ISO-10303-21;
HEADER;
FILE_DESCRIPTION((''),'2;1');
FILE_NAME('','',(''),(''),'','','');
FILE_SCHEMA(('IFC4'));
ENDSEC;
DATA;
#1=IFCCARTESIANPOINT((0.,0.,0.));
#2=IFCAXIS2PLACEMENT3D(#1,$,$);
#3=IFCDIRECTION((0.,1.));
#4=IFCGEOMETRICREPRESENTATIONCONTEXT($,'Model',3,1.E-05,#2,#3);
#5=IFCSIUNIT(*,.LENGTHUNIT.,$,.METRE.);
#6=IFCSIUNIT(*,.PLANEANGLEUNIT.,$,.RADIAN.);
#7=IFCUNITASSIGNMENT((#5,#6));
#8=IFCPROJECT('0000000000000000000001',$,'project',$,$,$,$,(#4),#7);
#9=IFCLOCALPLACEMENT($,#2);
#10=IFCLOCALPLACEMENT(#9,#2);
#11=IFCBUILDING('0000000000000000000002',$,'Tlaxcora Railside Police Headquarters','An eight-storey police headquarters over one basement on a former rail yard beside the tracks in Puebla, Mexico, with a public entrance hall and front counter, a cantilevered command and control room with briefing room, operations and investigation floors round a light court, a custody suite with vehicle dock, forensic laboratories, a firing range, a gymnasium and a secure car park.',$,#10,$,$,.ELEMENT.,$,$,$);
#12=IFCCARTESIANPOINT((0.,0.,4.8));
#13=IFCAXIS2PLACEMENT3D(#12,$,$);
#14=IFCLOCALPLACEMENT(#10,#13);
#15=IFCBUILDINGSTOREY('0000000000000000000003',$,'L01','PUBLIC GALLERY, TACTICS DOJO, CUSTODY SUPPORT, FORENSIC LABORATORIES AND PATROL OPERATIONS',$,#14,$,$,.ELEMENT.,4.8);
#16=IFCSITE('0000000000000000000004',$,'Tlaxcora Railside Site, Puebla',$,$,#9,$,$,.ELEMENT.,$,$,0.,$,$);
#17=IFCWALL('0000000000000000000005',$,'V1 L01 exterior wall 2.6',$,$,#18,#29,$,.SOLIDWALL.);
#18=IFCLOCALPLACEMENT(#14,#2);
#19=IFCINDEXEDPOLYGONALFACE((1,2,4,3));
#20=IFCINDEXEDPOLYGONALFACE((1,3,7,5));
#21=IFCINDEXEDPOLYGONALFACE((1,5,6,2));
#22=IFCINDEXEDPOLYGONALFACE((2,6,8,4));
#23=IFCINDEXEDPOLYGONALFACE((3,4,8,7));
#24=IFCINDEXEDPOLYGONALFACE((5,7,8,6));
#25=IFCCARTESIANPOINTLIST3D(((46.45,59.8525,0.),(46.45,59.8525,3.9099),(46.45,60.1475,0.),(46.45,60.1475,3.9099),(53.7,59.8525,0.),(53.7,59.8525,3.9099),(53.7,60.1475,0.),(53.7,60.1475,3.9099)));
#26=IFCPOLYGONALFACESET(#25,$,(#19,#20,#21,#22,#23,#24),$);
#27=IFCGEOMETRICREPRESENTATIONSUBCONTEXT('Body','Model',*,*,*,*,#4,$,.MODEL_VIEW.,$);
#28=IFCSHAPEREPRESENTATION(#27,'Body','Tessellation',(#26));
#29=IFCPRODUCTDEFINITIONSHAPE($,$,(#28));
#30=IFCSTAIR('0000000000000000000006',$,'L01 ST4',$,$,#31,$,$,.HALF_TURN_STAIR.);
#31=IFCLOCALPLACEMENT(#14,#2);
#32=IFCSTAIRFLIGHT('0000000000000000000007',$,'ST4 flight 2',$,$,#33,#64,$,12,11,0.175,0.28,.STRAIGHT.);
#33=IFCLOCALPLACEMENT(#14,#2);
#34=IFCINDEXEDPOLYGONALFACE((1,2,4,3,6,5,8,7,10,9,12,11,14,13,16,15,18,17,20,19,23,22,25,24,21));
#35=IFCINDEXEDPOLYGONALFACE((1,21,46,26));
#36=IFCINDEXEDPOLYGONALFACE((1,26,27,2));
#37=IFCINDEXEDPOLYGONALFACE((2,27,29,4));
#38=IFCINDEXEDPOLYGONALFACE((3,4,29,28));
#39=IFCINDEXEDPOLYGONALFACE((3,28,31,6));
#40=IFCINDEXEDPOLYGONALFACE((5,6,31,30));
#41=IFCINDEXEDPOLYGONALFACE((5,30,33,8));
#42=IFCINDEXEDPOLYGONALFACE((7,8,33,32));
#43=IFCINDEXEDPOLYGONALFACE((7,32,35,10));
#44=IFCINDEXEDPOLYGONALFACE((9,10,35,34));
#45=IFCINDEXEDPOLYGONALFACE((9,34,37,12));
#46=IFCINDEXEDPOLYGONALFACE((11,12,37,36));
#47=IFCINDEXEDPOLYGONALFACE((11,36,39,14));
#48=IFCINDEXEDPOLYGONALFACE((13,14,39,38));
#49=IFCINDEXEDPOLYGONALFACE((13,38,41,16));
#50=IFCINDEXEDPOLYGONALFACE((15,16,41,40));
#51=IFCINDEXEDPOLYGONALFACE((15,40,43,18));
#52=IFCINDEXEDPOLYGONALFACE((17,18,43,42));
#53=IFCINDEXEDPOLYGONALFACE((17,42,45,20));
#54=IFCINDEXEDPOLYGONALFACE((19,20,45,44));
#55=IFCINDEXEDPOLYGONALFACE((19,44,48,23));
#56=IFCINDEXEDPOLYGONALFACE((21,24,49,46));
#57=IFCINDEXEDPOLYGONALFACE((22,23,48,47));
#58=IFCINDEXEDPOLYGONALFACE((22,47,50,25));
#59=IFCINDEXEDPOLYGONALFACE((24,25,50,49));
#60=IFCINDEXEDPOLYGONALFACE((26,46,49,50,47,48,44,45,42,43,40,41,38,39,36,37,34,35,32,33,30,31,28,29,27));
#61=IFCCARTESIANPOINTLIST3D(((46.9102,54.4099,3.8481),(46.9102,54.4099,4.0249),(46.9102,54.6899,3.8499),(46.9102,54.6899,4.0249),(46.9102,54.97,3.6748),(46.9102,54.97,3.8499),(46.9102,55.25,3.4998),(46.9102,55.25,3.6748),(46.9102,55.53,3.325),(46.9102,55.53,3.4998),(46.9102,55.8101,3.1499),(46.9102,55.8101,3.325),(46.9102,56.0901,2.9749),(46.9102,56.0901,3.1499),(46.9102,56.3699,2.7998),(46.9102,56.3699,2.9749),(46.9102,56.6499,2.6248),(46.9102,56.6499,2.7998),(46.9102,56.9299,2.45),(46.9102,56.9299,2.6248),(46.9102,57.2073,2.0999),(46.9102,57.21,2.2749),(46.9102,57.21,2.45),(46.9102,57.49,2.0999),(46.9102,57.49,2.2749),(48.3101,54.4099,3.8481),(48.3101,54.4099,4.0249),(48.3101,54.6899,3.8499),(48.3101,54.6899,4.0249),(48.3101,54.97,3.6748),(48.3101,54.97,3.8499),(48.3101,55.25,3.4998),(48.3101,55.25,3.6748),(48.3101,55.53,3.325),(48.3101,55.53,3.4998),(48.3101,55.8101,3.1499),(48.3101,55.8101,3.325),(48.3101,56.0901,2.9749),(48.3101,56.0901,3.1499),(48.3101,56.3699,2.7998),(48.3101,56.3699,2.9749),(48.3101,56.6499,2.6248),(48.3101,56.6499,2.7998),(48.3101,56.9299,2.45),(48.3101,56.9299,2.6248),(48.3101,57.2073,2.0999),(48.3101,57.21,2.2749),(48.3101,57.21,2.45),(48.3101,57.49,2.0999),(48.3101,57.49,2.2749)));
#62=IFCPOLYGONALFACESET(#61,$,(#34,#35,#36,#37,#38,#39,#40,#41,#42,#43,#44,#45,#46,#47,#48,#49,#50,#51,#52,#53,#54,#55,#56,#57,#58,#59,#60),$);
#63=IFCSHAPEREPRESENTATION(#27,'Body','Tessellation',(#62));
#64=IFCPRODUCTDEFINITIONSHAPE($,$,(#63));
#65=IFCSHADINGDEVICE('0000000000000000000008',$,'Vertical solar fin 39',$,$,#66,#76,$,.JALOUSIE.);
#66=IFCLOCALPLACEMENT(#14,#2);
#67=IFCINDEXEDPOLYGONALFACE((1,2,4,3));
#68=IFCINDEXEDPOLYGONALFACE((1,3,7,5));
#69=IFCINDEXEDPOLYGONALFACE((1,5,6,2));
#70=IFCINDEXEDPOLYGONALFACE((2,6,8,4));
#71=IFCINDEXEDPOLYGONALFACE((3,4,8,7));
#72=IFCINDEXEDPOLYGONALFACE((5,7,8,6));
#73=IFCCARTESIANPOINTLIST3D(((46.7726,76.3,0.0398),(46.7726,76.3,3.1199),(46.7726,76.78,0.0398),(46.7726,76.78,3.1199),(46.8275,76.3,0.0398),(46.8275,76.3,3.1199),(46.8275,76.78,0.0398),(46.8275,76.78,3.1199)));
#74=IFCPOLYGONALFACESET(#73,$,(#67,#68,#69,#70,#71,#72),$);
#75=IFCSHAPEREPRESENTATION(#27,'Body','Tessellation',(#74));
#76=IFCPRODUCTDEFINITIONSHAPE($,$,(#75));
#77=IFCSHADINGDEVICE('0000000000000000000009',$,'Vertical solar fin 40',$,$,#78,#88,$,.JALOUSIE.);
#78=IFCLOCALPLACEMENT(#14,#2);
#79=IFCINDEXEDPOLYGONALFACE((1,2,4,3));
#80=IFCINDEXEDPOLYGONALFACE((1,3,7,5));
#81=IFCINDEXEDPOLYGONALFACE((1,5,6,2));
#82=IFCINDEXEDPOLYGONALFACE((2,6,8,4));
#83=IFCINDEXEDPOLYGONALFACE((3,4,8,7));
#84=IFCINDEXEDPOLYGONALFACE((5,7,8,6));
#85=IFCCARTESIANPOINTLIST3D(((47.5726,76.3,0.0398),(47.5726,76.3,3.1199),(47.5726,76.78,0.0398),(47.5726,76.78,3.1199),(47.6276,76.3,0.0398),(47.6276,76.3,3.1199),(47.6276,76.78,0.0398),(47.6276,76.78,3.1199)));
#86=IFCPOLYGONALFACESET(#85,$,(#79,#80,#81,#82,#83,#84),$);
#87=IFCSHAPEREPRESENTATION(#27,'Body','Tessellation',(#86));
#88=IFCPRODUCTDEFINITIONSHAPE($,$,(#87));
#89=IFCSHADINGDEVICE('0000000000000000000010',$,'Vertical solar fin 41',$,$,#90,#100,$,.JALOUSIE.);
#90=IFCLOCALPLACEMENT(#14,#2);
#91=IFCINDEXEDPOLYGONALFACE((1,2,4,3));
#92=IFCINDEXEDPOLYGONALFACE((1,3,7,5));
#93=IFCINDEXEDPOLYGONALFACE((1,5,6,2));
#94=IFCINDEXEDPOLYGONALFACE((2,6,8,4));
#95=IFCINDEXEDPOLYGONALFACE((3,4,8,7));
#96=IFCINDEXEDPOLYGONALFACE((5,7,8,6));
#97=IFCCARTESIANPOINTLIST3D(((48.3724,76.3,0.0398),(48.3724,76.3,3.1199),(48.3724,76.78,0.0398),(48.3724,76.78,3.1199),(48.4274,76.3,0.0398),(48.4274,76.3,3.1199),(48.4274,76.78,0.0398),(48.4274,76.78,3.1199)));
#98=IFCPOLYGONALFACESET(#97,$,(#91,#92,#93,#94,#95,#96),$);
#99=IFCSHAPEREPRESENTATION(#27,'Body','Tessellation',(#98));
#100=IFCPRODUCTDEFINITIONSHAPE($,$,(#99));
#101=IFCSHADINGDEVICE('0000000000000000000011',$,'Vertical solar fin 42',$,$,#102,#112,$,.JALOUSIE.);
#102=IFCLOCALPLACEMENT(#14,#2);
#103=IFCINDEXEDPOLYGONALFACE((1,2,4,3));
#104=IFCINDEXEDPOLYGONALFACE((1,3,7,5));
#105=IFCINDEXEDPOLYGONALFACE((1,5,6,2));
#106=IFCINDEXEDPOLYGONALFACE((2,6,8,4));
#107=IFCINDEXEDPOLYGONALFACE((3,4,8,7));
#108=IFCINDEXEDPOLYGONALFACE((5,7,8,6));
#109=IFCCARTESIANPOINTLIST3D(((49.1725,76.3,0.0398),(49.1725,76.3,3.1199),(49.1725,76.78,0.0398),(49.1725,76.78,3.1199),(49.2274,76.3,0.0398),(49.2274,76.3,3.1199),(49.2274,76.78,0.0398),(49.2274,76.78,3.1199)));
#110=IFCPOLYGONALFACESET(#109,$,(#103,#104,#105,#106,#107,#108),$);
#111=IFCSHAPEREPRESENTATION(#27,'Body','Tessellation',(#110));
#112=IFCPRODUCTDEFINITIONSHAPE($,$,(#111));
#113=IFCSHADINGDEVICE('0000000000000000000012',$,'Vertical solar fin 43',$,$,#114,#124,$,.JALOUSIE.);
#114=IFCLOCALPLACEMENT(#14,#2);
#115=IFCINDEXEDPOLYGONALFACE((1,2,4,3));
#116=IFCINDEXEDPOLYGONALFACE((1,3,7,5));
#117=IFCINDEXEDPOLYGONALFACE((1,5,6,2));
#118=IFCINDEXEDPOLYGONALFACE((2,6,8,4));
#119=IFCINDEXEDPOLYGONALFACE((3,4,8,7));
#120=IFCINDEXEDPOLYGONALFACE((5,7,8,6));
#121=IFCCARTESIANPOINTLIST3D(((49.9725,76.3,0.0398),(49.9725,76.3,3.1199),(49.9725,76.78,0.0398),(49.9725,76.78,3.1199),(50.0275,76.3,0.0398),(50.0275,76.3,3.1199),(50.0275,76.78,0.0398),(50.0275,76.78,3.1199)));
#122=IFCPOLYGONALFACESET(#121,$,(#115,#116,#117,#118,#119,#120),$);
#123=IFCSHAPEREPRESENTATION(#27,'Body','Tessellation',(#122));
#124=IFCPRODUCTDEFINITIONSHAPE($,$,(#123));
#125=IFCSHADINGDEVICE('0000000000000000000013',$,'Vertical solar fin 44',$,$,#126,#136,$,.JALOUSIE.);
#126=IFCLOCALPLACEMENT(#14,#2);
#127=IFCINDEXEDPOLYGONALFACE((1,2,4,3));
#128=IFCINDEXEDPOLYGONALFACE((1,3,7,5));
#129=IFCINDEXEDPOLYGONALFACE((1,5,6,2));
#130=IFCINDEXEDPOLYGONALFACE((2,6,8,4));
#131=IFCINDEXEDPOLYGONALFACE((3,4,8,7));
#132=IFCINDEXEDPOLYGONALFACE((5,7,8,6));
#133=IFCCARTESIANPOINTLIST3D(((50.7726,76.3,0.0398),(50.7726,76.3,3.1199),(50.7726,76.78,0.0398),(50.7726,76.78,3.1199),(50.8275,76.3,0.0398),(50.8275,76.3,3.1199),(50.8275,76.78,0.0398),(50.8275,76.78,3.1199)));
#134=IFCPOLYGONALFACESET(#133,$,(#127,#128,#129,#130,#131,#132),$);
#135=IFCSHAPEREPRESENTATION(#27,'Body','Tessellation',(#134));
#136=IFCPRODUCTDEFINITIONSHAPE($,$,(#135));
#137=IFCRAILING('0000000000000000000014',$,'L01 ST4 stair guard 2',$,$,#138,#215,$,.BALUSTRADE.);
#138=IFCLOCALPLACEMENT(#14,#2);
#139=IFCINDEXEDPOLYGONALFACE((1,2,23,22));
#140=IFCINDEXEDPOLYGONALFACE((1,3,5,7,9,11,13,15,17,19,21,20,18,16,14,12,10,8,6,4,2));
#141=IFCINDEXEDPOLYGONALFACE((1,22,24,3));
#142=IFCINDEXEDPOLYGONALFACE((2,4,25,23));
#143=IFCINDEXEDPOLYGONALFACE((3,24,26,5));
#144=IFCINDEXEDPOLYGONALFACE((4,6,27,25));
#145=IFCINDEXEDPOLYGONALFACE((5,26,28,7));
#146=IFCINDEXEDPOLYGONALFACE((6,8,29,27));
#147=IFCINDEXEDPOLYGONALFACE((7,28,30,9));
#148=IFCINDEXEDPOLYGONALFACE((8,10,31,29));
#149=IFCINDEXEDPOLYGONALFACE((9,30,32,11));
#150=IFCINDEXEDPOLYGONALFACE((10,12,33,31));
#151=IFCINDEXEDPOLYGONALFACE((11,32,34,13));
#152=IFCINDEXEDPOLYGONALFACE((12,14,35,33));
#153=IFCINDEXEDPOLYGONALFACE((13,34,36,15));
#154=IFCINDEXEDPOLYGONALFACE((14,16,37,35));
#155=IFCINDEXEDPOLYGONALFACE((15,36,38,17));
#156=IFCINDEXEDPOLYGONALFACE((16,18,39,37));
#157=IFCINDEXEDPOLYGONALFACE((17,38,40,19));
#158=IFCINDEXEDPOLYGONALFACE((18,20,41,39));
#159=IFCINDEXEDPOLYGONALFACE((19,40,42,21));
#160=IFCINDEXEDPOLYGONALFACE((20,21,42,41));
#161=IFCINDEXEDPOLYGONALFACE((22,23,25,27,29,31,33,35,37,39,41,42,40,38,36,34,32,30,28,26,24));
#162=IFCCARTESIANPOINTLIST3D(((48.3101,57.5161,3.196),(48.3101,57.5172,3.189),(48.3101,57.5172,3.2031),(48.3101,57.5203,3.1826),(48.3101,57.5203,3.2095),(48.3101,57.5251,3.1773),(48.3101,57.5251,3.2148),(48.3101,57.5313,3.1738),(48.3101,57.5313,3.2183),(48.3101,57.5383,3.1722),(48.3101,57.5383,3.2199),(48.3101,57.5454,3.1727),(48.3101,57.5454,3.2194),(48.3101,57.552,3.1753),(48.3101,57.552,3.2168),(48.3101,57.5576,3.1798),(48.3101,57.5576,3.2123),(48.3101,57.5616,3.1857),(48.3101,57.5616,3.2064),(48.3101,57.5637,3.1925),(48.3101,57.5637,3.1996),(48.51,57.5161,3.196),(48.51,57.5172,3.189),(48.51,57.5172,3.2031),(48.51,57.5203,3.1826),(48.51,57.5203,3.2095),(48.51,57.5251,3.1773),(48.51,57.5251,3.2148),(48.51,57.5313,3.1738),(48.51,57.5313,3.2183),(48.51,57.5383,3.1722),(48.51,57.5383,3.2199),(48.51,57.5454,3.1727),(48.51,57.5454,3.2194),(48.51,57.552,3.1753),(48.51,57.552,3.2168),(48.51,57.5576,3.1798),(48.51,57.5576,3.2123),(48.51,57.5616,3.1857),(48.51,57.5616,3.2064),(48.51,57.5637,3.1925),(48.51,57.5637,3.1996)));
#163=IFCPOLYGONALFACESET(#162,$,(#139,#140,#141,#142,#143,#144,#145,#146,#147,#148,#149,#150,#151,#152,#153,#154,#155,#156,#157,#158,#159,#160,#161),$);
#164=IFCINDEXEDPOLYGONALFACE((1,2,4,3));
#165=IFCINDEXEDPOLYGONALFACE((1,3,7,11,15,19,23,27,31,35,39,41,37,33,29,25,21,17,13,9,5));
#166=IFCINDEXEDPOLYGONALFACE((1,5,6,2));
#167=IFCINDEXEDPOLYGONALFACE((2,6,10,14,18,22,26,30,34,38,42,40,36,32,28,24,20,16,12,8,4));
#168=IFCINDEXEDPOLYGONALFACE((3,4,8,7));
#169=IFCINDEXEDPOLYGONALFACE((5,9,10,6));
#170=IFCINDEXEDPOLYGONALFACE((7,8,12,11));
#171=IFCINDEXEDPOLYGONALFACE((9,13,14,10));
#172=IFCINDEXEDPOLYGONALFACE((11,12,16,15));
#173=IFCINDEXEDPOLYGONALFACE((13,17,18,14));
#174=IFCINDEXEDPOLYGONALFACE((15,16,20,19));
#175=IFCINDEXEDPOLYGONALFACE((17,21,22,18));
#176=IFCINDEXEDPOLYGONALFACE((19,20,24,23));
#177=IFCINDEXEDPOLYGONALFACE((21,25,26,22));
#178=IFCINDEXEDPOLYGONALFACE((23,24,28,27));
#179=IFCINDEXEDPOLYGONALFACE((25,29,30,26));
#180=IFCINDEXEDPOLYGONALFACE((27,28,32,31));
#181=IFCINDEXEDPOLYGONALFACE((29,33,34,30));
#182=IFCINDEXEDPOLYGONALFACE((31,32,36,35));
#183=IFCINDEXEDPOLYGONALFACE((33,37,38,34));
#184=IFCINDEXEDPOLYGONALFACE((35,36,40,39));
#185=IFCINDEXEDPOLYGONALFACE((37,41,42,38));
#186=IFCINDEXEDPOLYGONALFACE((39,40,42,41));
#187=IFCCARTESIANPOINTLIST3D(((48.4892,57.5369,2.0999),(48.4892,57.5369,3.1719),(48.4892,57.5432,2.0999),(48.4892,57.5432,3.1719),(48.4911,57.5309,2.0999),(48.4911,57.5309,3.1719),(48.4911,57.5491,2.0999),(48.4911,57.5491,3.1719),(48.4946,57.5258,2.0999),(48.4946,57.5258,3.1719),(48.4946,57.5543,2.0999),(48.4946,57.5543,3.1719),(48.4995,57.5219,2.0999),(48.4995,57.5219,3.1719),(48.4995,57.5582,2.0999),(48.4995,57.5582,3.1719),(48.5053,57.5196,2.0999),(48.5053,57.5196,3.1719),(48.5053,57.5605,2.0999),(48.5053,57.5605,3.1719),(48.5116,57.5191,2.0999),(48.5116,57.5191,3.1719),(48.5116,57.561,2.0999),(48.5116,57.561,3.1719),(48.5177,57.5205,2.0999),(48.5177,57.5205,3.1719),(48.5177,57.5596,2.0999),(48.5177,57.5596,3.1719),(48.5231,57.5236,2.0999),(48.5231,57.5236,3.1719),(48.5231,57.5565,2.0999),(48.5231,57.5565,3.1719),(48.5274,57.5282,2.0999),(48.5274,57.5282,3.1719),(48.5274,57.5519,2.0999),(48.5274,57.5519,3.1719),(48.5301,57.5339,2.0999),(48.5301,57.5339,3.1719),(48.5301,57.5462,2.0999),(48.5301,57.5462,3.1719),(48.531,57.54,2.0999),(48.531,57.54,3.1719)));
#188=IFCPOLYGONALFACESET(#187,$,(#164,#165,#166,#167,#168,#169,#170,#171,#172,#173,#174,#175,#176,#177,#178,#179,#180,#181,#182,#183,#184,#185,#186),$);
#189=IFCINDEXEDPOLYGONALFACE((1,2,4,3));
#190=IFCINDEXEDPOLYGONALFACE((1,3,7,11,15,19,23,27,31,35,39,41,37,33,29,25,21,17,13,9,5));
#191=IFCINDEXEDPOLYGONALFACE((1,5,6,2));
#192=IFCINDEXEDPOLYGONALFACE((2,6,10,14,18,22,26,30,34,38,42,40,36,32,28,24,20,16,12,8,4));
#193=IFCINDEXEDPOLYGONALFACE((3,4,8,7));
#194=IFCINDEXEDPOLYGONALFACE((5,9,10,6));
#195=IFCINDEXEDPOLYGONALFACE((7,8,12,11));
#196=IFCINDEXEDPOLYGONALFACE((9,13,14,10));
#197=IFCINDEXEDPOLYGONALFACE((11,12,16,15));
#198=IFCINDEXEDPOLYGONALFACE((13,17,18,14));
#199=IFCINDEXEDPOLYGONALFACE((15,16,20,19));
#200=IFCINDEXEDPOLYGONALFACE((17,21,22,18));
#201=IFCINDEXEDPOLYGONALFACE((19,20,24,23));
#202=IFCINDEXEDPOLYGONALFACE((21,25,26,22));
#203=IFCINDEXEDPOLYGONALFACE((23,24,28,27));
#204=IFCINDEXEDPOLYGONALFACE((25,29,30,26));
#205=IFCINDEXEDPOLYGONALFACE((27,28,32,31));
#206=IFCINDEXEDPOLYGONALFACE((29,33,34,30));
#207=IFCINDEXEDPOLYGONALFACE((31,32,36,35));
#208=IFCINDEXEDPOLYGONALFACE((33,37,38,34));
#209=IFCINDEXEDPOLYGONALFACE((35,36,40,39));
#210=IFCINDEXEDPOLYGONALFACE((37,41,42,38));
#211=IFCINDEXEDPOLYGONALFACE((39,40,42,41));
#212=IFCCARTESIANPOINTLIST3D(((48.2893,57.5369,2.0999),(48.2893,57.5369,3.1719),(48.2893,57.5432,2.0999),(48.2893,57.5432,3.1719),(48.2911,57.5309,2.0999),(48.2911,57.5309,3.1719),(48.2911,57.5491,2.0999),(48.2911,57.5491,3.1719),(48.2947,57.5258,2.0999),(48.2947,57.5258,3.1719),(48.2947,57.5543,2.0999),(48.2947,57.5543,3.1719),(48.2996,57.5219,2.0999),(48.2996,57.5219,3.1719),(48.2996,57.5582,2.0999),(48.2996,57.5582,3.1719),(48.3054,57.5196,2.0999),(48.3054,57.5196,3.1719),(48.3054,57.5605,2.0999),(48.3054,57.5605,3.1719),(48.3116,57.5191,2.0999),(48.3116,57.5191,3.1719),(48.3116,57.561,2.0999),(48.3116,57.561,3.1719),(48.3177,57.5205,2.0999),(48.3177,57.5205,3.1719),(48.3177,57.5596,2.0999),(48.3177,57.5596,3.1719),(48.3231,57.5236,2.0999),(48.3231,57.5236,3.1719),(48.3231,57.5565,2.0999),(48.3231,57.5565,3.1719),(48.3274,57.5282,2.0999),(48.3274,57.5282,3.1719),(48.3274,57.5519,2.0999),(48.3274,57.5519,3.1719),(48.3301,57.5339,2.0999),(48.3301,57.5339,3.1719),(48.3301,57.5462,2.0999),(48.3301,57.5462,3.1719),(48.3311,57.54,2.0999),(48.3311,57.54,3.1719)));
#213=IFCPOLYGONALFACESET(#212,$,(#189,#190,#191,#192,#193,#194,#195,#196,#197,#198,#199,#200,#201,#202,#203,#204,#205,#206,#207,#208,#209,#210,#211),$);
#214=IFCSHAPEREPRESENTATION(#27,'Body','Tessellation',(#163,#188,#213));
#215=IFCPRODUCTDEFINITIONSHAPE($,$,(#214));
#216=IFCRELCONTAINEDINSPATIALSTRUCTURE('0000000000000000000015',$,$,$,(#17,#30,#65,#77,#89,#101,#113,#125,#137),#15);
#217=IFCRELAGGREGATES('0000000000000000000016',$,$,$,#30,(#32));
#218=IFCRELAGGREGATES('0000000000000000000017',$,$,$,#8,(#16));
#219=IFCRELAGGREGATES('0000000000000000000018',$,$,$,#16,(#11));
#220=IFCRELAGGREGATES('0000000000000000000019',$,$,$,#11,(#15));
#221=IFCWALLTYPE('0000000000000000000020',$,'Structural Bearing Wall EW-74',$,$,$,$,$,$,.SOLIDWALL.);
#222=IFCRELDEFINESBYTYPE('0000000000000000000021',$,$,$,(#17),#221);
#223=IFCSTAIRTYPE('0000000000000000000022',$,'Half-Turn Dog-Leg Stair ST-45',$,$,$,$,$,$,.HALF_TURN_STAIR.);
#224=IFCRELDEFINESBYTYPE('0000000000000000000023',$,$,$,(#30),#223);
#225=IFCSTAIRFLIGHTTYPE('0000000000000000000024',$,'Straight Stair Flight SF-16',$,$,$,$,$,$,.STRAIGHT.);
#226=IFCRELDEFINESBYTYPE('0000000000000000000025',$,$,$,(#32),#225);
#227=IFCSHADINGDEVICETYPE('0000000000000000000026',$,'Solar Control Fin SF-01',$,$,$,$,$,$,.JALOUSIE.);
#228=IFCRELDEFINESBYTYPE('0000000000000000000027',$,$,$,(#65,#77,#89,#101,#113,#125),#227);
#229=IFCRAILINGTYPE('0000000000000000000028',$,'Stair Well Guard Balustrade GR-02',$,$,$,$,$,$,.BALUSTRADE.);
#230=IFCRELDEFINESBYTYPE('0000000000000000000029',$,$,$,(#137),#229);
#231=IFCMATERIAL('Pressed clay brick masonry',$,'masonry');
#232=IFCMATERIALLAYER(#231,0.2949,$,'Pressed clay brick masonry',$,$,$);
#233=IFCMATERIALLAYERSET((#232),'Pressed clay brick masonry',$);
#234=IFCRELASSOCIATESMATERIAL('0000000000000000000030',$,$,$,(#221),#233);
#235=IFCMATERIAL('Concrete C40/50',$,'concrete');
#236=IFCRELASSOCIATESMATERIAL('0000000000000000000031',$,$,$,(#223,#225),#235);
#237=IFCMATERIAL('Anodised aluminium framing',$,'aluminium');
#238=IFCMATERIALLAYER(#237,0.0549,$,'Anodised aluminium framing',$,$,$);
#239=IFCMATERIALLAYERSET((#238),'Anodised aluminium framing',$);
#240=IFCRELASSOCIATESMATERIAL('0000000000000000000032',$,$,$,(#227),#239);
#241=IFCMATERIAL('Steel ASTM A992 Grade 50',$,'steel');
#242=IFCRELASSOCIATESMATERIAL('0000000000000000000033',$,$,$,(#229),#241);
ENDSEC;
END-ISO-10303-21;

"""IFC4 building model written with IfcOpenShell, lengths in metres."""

from ifc_helpers import new_model, si_unit, direction, frame, frame_2d, origin, origin_2d, place, context, subcontext, project, spatial, polyline, rectangle, circle, outline, extrude, material, layer, layer_set, type_object, element, aggregate, save


model = new_model("IFC4")

# Units and contexts
model_context = context("Model", 3, precision=1e-05, world=origin(), true_north=direction((0.0, 1.0)))
body_context = subcontext(model_context, "Body", "Model", "MODEL_VIEW")
ifc_project = project(units=[si_unit("LENGTHUNIT", "METRE"), si_unit("PLANEANGLEUNIT", "RADIAN")], contexts=[model_context])

# Site, building, storey
site_placement = place(None, origin())
site = spatial("IfcSite", under=ifc_project, at=site_placement, Name="Tlaxcora Railside Site, Puebla", CompositionType="ELEMENT", RefElevation=0.0)
building_placement = place(site_placement, origin())
building = spatial("IfcBuilding", under=site, at=building_placement, Name="Tlaxcora Railside Police Headquarters", Description="An eight-storey police headquarters over one basement on a former rail yard beside the tracks in Puebla, Mexico, with a public entrance hall and front counter, a cantilevered command and control room with briefing room, operations and investigation floors round a light court, a custody suite with vehicle dock, forensic laboratories, a firing range, a gymnasium and a secure car park.", CompositionType="ELEMENT")
storey_placement = place(building_placement, frame((0.0, 0.0, 4.8)))
storey = spatial("IfcBuildingStorey", under=building, at=storey_placement, Name="L01", Description="PUBLIC GALLERY, TACTICS DOJO, CUSTODY SUPPORT, FORENSIC LABORATORIES AND PATROL OPERATIONS", CompositionType="ELEMENT", Elevation=4.8)

# Shared definitions
ifc_material_1 = material(Name="Concrete C40/50", Category="concrete")

# Shared definitions
ifc_material_2 = material(Name="Steel ASTM A992 Grade 50", Category="steel")

# Shared definitions
ifc_material_3 = material(Name="Pressed clay brick masonry", Category="masonry")
ifc_layer_1 = layer(ifc_material_3, 0.2949, Name="Pressed clay brick masonry")
ifc_layer_set_1 = layer_set([ifc_layer_1], Name="Pressed clay brick masonry")
wall_type_1 = type_object("IfcWallType", Name="Structural Bearing Wall EW-74", PredefinedType="SOLIDWALL", material=ifc_layer_set_1)

# Wall
wall_1_placement = place(storey_placement, frame((53.7, 60.0, 0.0), z_axis=(0.0, 0.0, 1.0), x_axis=(-1.0, 0.0, 0.0)))
element("IfcWall", 1, at=wall_1_placement, inside=storey, type_object=wall_type_1, Name="V1 L01 exterior wall 2.6", PredefinedType="SOLIDWALL", context=body_context, shape_type="SweptSolid", body=[
    extrude(rectangle(XDim=7.25, YDim=0.2949, at=frame_2d((3.625, 0.0))), origin(), (0.0, 0.0, 1.0), 3.9099),
])

# Stair, stair flight
stair_type = type_object("IfcStairType", Name="Half-Turn Dog-Leg Stair ST-45", PredefinedType="HALF_TURN_STAIR", material=ifc_material_1)
stair_placement = place(storey_placement, origin())
stair = element("IfcStair", 2, at=stair_placement, inside=storey, type_object=stair_type, Name="L01 ST4", PredefinedType="HALF_TURN_STAIR")
stair_flight_type = type_object("IfcStairFlightType", Name="Straight Stair Flight SF-16", PredefinedType="STRAIGHT", material=ifc_material_1)
stair_flight_placement = place(storey_placement, frame((47.6101, 57.49, 2.0999), z_axis=(0.0, 0.0, 1.0), x_axis=(0.0, -1.0, 0.0)))
stair_flight = element("IfcStairFlight", 3, at=stair_flight_placement, type_object=stair_flight_type, Name="ST4 flight 2", NumberOfRisers=12, NumberOfTreads=11, PredefinedType="STRAIGHT", RiserHeight=0.175, TreadLength=0.28, context=body_context, shape_type="SweptSolid", body=[
    extrude(outline(polyline([(0.0, 0.0), (0.0, 0.175), (0.28, 0.175), (0.28, 0.3501), (0.5601, 0.3501), (0.5601, 0.5249), (0.8401, 0.5249), (0.8401, 0.7), (1.1201, 0.7), (1.1201, 0.875), (1.3999, 0.875), (1.3999, 1.05), (1.6799, 1.05), (1.6799, 1.2251), (1.96, 1.2251), (1.96, 1.3999), (2.24, 1.3999), (2.24, 1.575), (2.52, 1.575), (2.52, 1.75), (2.8, 1.75), (2.8, 1.925), (3.0801, 1.925), (3.0801, 2.1001), (3.0801, 1.7483), (0.2827, 0.0), (0.0, 0.0)])), frame((0.0, 0.7, 0.0), z_axis=(0.0, -1.0, 0.0), x_axis=(1.0, 0.0, 0.0)), (0.0, 0.0, 1.0), 1.3999),
])
aggregate(stair, [stair_flight])

# Shading devices
ifc_material_4 = material(Name="Anodised aluminium framing", Category="aluminium")
ifc_layer_2 = layer(ifc_material_4, 0.0549, Name="Anodised aluminium framing")
ifc_layer_set_2 = layer_set([ifc_layer_2], Name="Anodised aluminium framing")
shading_device_type = type_object("IfcShadingDeviceType", Name="Solar Control Fin SF-01", PredefinedType="JALOUSIE", material=ifc_layer_set_2)
for number, where, z_axis, x_axis, name in (
    (4, (46.8, 76.54, 0.0398), (0.0, 0.0, 1.0), (0.0, -1.0, 0.0), "Vertical solar fin 39"),
    (5, (47.6001, 76.54, 0.0398), (0.0, 0.0, 1.0), (0.0, -1.0, 0.0), "Vertical solar fin 40"),
    (6, (48.3999, 76.54, 0.0398), (0.0, 0.0, 1.0), (0.0, -1.0, 0.0), "Vertical solar fin 41"),
    (7, (49.2, 76.54, 0.0398), (0.0, 0.0, 1.0), (0.0, -1.0, 0.0), "Vertical solar fin 42"),
    (8, (50.0, 76.54, 0.0398), (0.0, 0.0, 1.0), (0.0, -1.0, 0.0), "Vertical solar fin 43"),
    (9, (50.8, 76.54, 0.0398), (0.0, 0.0, 1.0), (0.0, -1.0, 0.0), "Vertical solar fin 44"),
):
    element("IfcShadingDevice", number, at=place(storey_placement, frame(where, z_axis=z_axis, x_axis=x_axis)), inside=storey, type_object=shading_device_type, Name=name, PredefinedType="JALOUSIE", context=body_context, shape_type="SweptSolid", body=[
        extrude(rectangle(XDim=0.48, YDim=0.0549, at=origin_2d()), origin(), (0.0, 0.0, 1.0), 3.0801),
    ])

# Railing
railing_type_1 = type_object("IfcRailingType", Name="Stair Well Guard Balustrade GR-02", PredefinedType="BALUSTRADE", material=ifc_material_2)
railing_1_placement = place(storey_placement, frame((48.51, 57.54, 2.0999)))
element("IfcRailing", 10, at=railing_1_placement, inside=storey, type_object=railing_type_1, Name="L01 ST4 stair guard 2", PredefinedType="BALUSTRADE", context=body_context, shape_type="SweptSolid", body=[
    extrude(circle(Radius=0.0239, at=origin_2d()), frame((0.0, 0.0, 1.0962), z_axis=(-1.0, 0.0, 0.0), x_axis=(0.0, -1.0, 0.0)), (0.0, 0.0, 1.0), 0.2),
    extrude(circle(Radius=0.021, at=origin_2d()), origin(), (0.0, 0.0, 1.0), 1.072),
    extrude(circle(Radius=0.021, at=origin_2d()), frame((-0.2, 0.0, 0.0)), (0.0, 0.0, 1.0), 1.072),
])

save(model, "model.ifc")
